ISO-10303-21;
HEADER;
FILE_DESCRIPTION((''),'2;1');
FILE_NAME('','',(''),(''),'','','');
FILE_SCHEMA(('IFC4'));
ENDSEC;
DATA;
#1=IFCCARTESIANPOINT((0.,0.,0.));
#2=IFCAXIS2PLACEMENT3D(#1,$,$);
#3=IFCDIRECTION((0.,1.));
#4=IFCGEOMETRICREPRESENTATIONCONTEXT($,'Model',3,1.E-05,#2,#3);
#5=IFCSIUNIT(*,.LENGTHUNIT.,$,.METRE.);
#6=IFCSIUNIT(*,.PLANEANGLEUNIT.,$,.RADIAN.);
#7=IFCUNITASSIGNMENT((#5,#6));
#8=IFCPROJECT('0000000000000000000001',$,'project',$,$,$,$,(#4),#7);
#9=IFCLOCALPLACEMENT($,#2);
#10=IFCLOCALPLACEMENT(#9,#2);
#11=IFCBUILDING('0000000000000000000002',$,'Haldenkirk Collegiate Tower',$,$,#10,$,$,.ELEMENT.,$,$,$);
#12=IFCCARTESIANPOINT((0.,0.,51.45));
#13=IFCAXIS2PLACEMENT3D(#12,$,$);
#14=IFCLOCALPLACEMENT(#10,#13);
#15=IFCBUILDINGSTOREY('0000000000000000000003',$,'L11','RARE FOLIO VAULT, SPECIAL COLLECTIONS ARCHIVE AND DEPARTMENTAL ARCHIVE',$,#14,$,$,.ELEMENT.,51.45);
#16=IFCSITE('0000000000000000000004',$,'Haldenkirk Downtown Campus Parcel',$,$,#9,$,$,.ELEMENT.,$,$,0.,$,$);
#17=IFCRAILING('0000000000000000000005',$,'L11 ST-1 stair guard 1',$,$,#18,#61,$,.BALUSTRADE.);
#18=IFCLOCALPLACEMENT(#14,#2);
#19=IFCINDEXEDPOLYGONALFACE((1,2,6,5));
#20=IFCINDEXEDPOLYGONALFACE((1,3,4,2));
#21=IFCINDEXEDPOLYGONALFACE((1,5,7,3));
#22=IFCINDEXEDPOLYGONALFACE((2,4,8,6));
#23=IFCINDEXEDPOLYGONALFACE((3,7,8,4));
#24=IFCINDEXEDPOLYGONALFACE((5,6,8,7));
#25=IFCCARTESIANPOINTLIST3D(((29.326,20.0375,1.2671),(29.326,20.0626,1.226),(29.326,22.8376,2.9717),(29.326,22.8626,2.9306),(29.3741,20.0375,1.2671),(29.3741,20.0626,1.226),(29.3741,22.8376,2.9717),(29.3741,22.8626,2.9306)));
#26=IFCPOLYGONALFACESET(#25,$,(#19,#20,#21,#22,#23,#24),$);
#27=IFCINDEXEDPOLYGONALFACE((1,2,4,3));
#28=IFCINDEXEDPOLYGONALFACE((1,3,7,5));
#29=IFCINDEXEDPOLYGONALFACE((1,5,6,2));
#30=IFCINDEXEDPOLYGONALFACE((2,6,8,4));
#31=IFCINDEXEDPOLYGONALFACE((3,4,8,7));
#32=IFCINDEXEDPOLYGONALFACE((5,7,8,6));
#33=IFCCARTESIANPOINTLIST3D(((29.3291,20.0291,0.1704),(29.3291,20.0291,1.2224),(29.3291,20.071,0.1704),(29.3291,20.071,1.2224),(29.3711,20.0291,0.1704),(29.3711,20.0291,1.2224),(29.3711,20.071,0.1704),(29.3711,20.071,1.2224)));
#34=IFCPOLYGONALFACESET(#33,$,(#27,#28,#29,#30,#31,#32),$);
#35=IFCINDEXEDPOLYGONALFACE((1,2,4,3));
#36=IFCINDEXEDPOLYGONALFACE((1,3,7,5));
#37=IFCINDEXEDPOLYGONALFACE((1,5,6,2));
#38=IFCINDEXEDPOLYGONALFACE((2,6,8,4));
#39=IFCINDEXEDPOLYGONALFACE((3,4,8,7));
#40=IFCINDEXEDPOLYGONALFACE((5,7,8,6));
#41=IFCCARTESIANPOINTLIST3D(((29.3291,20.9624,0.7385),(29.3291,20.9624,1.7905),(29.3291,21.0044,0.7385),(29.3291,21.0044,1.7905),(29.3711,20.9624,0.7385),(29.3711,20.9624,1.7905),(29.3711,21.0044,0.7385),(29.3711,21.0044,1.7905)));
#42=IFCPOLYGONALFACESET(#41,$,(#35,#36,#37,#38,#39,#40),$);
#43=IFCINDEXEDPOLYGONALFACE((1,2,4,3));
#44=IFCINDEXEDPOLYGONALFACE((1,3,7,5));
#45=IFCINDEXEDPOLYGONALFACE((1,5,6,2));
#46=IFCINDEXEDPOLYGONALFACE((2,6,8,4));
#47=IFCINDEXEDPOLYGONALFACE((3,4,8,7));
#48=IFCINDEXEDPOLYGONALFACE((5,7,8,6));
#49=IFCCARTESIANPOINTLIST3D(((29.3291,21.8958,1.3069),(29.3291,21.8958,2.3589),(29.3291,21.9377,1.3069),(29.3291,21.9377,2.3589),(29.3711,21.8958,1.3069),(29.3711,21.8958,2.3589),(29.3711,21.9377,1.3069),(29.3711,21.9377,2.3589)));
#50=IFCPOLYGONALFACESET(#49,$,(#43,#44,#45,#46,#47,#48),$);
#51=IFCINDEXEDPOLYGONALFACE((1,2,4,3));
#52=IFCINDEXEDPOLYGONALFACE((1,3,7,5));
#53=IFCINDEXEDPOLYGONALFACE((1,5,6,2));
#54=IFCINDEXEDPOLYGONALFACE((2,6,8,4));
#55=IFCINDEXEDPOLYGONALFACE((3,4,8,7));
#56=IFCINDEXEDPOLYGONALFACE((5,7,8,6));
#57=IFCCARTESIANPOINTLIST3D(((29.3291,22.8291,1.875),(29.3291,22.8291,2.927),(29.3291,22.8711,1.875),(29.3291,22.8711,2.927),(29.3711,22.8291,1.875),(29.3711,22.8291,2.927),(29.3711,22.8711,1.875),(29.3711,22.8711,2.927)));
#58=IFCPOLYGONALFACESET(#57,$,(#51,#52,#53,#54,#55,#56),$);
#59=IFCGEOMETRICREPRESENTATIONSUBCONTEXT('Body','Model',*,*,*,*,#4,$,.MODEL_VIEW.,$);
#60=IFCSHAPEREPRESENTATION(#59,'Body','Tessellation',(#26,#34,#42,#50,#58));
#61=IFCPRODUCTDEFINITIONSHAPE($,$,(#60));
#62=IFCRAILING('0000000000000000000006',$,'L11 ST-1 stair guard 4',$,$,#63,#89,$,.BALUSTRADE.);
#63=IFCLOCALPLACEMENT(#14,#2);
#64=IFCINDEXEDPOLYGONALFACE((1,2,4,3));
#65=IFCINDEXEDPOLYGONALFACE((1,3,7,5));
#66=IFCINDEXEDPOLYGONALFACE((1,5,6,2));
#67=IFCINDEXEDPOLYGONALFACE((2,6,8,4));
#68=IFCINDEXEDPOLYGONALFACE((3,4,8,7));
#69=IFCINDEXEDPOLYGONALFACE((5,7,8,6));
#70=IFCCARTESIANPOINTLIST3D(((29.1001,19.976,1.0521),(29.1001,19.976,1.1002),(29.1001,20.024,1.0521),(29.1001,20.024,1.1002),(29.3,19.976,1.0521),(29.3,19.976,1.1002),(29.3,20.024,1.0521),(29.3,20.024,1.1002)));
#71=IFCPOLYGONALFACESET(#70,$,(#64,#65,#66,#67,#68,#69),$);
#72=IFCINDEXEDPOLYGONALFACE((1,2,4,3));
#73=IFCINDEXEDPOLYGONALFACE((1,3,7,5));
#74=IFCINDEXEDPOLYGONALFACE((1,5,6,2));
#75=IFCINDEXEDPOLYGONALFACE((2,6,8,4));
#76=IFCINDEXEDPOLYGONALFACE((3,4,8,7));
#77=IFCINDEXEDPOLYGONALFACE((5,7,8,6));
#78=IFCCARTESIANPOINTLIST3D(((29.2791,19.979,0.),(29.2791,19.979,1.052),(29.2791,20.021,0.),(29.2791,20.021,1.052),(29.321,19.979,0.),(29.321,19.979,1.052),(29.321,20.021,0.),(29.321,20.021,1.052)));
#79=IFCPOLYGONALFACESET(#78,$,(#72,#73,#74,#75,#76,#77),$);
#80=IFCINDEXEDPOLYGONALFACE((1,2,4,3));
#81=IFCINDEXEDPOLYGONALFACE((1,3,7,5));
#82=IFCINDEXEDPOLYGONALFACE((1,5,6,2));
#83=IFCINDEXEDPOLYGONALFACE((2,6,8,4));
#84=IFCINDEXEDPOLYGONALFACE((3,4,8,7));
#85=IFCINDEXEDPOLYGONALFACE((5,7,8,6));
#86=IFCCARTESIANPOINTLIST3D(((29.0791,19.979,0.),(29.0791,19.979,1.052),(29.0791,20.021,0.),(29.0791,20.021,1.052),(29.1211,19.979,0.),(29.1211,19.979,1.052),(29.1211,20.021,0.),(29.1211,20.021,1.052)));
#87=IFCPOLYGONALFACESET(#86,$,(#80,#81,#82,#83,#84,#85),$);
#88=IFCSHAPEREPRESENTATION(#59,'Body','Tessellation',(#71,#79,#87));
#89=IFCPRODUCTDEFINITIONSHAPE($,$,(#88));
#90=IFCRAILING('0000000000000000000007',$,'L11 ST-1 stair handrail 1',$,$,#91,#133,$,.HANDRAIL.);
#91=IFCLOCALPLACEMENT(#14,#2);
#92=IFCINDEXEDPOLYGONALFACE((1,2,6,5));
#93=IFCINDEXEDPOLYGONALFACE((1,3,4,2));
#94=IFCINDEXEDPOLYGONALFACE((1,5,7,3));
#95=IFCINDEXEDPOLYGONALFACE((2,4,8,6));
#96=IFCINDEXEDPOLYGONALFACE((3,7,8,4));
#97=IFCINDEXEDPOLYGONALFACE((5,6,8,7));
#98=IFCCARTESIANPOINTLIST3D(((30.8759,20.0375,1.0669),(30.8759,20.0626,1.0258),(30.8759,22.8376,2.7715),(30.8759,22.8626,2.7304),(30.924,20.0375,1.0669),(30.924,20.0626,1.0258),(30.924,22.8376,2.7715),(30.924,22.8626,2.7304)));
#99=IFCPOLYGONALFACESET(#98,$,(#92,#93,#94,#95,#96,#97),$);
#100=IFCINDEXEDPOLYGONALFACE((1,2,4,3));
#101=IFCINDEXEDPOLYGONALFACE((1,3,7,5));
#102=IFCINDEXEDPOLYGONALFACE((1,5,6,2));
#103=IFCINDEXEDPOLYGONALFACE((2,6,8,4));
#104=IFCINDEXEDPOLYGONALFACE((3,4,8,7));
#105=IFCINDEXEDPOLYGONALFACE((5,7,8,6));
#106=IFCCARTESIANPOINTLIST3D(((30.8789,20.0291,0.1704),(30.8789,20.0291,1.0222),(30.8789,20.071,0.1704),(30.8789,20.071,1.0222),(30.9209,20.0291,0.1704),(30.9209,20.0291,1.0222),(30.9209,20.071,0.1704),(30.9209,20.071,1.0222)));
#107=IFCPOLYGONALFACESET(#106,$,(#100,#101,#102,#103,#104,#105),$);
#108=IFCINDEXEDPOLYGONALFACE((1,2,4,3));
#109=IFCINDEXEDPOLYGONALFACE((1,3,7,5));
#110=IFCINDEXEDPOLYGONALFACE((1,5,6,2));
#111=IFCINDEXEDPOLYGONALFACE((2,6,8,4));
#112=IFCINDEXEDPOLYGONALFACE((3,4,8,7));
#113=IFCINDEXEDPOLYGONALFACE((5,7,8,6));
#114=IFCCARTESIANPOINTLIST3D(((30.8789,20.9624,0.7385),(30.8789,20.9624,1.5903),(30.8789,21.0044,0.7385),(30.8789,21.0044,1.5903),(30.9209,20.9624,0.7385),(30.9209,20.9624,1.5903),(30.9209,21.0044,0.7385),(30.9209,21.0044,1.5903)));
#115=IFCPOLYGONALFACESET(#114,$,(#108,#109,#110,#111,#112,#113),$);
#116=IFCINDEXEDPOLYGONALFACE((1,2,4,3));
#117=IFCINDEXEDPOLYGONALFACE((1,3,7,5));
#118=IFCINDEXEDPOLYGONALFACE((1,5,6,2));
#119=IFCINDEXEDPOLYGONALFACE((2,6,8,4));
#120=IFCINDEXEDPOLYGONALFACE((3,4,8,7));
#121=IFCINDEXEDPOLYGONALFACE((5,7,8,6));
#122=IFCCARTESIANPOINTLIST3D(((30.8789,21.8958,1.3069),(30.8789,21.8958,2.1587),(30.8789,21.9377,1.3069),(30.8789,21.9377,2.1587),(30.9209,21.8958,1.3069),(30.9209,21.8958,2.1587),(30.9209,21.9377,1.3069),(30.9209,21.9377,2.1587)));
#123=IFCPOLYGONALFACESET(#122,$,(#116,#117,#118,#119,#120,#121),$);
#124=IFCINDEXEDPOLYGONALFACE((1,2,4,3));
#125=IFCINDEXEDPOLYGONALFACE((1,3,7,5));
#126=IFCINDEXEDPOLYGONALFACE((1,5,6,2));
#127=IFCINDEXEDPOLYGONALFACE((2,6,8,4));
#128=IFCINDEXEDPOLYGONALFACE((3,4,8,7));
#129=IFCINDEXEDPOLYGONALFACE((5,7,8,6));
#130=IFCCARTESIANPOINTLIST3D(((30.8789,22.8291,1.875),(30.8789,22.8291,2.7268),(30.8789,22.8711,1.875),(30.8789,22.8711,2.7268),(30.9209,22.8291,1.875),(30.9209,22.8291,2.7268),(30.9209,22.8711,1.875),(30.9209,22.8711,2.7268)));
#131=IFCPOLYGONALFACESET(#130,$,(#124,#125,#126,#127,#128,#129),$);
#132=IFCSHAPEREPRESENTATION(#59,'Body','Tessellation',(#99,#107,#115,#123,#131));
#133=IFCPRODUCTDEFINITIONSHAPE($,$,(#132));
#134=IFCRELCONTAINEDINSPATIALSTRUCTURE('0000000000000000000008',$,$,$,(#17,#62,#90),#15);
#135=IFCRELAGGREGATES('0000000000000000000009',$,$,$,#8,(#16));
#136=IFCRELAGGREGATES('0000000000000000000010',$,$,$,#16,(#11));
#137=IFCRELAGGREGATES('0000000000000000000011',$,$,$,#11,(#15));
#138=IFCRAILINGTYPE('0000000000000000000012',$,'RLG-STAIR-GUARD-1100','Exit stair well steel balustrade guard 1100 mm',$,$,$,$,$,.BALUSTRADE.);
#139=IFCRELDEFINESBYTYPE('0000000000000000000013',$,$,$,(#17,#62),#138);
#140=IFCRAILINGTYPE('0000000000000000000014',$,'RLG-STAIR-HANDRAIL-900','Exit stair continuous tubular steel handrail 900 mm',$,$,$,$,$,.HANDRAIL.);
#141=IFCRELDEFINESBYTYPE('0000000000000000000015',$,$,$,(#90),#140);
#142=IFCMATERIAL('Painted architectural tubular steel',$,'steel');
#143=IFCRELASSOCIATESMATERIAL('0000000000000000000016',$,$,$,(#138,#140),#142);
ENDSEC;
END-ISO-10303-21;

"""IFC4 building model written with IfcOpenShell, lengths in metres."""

from ifc_helpers import new_model, si_unit, direction, frame, origin, origin_2d, place, context, subcontext, project, spatial, rectangle, extrude, material, type_object, element, save


model = new_model("IFC4")

# Units and contexts
model_context = context("Model", 3, precision=1e-05, world=origin(), true_north=direction((0.0, 1.0)))
body_context = subcontext(model_context, "Body", "Model", "MODEL_VIEW")
ifc_project = project(units=[si_unit("LENGTHUNIT", "METRE"), si_unit("PLANEANGLEUNIT", "RADIAN")], contexts=[model_context])

# Site, building, storey
site_placement = place(None, origin())
site = spatial("IfcSite", under=ifc_project, at=site_placement, Name="Haldenkirk Downtown Campus Parcel", CompositionType="ELEMENT", RefElevation=0.0)
building_placement = place(site_placement, origin())
building = spatial("IfcBuilding", under=site, at=building_placement, Name="Haldenkirk Collegiate Tower", CompositionType="ELEMENT")
storey_placement = place(building_placement, frame((0.0, 0.0, 51.45)))
storey = spatial("IfcBuildingStorey", under=building, at=storey_placement, Name="L11", Description="RARE FOLIO VAULT, SPECIAL COLLECTIONS ARCHIVE AND DEPARTMENTAL ARCHIVE", CompositionType="ELEMENT", Elevation=51.45)

# Railings
ifc_material_1 = material(Name="Painted architectural tubular steel", Category="steel")
railing_type_1 = type_object("IfcRailingType", Name="RLG-STAIR-GUARD-1100", Description="Exit stair well steel balustrade guard 1100 mm", PredefinedType="BALUSTRADE", material=ifc_material_1)
railing_1_placement = place(storey_placement, frame((29.3501, 20.05, 0.1704)))
element("IfcRailing", 1, at=railing_1_placement, inside=storey, type_object=railing_type_1, Name="L11 ST-1 stair guard 1", PredefinedType="BALUSTRADE", context=body_context, shape_type="SweptSolid", body=[
    extrude(rectangle(XDim=0.0481, YDim=0.0481, at=origin_2d()), frame((0.0, 0.0, 1.0762), z_axis=(0.0, 0.85417, 0.519994), x_axis=(-1.0, 0.0, 0.0)), (0.0, 0.0, 1.0), 3.2781),
    extrude(rectangle(XDim=0.042, YDim=0.042, at=origin_2d()), origin(), (0.0, 0.0, 1.0), 1.052),
    extrude(rectangle(XDim=0.042, YDim=0.042, at=origin_2d()), frame((0.0, 0.9333, 0.5681)), (0.0, 0.0, 1.0), 1.052),
    extrude(rectangle(XDim=0.042, YDim=0.042, at=origin_2d()), frame((0.0, 1.8667, 1.1365)), (0.0, 0.0, 1.0), 1.052),
    extrude(rectangle(XDim=0.042, YDim=0.042, at=origin_2d()), frame((0.0, 2.8, 1.7046)), (0.0, 0.0, 1.0), 1.052),
])
railing_2_placement = place(storey_placement, frame((29.3, 20.0, 0.0)))
element("IfcRailing", 2, at=railing_2_placement, inside=storey, type_object=railing_type_1, Name="L11 ST-1 stair guard 4", PredefinedType="BALUSTRADE", context=body_context, shape_type="SweptSolid", body=[
    extrude(rectangle(XDim=0.0481, YDim=0.0481, at=origin_2d()), frame((0.0, 0.0, 1.0762), z_axis=(-1.0, 0.0, 0.0), x_axis=(0.0, -1.0, 0.0)), (0.0, 0.0, 1.0), 0.2),
    extrude(rectangle(XDim=0.042, YDim=0.042, at=origin_2d()), origin(), (0.0, 0.0, 1.0), 1.052),
    extrude(rectangle(XDim=0.042, YDim=0.042, at=origin_2d()), frame((-0.2, 0.0, 0.0)), (0.0, 0.0, 1.0), 1.052),
])
railing_type_2 = type_object("IfcRailingType", Name="RLG-STAIR-HANDRAIL-900", Description="Exit stair continuous tubular steel handrail 900 mm", PredefinedType="HANDRAIL", material=ifc_material_1)
railing_3_placement = place(storey_placement, frame((30.8999, 20.05, 0.1704)))
element("IfcRailing", 3, at=railing_3_placement, inside=storey, type_object=railing_type_2, Name="L11 ST-1 stair handrail 1", PredefinedType="HANDRAIL", context=body_context, shape_type="SweptSolid", body=[
    extrude(rectangle(XDim=0.0481, YDim=0.0481, at=origin_2d()), frame((0.0, 0.0, 0.876), z_axis=(0.0, 0.85417, 0.519994), x_axis=(-1.0, 0.0, 0.0)), (0.0, 0.0, 1.0), 3.2781),
    extrude(rectangle(XDim=0.042, YDim=0.042, at=origin_2d()), origin(), (0.0, 0.0, 1.0), 0.8518),
    extrude(rectangle(XDim=0.042, YDim=0.042, at=origin_2d()), frame((0.0, 0.9333, 0.5681)), (0.0, 0.0, 1.0), 0.8518),
    extrude(rectangle(XDim=0.042, YDim=0.042, at=origin_2d()), frame((0.0, 1.8667, 1.1365)), (0.0, 0.0, 1.0), 0.8518),
    extrude(rectangle(XDim=0.042, YDim=0.042, at=origin_2d()), frame((0.0, 2.8, 1.7046)), (0.0, 0.0, 1.0), 0.8518),
])

save(model, "model.ifc")
